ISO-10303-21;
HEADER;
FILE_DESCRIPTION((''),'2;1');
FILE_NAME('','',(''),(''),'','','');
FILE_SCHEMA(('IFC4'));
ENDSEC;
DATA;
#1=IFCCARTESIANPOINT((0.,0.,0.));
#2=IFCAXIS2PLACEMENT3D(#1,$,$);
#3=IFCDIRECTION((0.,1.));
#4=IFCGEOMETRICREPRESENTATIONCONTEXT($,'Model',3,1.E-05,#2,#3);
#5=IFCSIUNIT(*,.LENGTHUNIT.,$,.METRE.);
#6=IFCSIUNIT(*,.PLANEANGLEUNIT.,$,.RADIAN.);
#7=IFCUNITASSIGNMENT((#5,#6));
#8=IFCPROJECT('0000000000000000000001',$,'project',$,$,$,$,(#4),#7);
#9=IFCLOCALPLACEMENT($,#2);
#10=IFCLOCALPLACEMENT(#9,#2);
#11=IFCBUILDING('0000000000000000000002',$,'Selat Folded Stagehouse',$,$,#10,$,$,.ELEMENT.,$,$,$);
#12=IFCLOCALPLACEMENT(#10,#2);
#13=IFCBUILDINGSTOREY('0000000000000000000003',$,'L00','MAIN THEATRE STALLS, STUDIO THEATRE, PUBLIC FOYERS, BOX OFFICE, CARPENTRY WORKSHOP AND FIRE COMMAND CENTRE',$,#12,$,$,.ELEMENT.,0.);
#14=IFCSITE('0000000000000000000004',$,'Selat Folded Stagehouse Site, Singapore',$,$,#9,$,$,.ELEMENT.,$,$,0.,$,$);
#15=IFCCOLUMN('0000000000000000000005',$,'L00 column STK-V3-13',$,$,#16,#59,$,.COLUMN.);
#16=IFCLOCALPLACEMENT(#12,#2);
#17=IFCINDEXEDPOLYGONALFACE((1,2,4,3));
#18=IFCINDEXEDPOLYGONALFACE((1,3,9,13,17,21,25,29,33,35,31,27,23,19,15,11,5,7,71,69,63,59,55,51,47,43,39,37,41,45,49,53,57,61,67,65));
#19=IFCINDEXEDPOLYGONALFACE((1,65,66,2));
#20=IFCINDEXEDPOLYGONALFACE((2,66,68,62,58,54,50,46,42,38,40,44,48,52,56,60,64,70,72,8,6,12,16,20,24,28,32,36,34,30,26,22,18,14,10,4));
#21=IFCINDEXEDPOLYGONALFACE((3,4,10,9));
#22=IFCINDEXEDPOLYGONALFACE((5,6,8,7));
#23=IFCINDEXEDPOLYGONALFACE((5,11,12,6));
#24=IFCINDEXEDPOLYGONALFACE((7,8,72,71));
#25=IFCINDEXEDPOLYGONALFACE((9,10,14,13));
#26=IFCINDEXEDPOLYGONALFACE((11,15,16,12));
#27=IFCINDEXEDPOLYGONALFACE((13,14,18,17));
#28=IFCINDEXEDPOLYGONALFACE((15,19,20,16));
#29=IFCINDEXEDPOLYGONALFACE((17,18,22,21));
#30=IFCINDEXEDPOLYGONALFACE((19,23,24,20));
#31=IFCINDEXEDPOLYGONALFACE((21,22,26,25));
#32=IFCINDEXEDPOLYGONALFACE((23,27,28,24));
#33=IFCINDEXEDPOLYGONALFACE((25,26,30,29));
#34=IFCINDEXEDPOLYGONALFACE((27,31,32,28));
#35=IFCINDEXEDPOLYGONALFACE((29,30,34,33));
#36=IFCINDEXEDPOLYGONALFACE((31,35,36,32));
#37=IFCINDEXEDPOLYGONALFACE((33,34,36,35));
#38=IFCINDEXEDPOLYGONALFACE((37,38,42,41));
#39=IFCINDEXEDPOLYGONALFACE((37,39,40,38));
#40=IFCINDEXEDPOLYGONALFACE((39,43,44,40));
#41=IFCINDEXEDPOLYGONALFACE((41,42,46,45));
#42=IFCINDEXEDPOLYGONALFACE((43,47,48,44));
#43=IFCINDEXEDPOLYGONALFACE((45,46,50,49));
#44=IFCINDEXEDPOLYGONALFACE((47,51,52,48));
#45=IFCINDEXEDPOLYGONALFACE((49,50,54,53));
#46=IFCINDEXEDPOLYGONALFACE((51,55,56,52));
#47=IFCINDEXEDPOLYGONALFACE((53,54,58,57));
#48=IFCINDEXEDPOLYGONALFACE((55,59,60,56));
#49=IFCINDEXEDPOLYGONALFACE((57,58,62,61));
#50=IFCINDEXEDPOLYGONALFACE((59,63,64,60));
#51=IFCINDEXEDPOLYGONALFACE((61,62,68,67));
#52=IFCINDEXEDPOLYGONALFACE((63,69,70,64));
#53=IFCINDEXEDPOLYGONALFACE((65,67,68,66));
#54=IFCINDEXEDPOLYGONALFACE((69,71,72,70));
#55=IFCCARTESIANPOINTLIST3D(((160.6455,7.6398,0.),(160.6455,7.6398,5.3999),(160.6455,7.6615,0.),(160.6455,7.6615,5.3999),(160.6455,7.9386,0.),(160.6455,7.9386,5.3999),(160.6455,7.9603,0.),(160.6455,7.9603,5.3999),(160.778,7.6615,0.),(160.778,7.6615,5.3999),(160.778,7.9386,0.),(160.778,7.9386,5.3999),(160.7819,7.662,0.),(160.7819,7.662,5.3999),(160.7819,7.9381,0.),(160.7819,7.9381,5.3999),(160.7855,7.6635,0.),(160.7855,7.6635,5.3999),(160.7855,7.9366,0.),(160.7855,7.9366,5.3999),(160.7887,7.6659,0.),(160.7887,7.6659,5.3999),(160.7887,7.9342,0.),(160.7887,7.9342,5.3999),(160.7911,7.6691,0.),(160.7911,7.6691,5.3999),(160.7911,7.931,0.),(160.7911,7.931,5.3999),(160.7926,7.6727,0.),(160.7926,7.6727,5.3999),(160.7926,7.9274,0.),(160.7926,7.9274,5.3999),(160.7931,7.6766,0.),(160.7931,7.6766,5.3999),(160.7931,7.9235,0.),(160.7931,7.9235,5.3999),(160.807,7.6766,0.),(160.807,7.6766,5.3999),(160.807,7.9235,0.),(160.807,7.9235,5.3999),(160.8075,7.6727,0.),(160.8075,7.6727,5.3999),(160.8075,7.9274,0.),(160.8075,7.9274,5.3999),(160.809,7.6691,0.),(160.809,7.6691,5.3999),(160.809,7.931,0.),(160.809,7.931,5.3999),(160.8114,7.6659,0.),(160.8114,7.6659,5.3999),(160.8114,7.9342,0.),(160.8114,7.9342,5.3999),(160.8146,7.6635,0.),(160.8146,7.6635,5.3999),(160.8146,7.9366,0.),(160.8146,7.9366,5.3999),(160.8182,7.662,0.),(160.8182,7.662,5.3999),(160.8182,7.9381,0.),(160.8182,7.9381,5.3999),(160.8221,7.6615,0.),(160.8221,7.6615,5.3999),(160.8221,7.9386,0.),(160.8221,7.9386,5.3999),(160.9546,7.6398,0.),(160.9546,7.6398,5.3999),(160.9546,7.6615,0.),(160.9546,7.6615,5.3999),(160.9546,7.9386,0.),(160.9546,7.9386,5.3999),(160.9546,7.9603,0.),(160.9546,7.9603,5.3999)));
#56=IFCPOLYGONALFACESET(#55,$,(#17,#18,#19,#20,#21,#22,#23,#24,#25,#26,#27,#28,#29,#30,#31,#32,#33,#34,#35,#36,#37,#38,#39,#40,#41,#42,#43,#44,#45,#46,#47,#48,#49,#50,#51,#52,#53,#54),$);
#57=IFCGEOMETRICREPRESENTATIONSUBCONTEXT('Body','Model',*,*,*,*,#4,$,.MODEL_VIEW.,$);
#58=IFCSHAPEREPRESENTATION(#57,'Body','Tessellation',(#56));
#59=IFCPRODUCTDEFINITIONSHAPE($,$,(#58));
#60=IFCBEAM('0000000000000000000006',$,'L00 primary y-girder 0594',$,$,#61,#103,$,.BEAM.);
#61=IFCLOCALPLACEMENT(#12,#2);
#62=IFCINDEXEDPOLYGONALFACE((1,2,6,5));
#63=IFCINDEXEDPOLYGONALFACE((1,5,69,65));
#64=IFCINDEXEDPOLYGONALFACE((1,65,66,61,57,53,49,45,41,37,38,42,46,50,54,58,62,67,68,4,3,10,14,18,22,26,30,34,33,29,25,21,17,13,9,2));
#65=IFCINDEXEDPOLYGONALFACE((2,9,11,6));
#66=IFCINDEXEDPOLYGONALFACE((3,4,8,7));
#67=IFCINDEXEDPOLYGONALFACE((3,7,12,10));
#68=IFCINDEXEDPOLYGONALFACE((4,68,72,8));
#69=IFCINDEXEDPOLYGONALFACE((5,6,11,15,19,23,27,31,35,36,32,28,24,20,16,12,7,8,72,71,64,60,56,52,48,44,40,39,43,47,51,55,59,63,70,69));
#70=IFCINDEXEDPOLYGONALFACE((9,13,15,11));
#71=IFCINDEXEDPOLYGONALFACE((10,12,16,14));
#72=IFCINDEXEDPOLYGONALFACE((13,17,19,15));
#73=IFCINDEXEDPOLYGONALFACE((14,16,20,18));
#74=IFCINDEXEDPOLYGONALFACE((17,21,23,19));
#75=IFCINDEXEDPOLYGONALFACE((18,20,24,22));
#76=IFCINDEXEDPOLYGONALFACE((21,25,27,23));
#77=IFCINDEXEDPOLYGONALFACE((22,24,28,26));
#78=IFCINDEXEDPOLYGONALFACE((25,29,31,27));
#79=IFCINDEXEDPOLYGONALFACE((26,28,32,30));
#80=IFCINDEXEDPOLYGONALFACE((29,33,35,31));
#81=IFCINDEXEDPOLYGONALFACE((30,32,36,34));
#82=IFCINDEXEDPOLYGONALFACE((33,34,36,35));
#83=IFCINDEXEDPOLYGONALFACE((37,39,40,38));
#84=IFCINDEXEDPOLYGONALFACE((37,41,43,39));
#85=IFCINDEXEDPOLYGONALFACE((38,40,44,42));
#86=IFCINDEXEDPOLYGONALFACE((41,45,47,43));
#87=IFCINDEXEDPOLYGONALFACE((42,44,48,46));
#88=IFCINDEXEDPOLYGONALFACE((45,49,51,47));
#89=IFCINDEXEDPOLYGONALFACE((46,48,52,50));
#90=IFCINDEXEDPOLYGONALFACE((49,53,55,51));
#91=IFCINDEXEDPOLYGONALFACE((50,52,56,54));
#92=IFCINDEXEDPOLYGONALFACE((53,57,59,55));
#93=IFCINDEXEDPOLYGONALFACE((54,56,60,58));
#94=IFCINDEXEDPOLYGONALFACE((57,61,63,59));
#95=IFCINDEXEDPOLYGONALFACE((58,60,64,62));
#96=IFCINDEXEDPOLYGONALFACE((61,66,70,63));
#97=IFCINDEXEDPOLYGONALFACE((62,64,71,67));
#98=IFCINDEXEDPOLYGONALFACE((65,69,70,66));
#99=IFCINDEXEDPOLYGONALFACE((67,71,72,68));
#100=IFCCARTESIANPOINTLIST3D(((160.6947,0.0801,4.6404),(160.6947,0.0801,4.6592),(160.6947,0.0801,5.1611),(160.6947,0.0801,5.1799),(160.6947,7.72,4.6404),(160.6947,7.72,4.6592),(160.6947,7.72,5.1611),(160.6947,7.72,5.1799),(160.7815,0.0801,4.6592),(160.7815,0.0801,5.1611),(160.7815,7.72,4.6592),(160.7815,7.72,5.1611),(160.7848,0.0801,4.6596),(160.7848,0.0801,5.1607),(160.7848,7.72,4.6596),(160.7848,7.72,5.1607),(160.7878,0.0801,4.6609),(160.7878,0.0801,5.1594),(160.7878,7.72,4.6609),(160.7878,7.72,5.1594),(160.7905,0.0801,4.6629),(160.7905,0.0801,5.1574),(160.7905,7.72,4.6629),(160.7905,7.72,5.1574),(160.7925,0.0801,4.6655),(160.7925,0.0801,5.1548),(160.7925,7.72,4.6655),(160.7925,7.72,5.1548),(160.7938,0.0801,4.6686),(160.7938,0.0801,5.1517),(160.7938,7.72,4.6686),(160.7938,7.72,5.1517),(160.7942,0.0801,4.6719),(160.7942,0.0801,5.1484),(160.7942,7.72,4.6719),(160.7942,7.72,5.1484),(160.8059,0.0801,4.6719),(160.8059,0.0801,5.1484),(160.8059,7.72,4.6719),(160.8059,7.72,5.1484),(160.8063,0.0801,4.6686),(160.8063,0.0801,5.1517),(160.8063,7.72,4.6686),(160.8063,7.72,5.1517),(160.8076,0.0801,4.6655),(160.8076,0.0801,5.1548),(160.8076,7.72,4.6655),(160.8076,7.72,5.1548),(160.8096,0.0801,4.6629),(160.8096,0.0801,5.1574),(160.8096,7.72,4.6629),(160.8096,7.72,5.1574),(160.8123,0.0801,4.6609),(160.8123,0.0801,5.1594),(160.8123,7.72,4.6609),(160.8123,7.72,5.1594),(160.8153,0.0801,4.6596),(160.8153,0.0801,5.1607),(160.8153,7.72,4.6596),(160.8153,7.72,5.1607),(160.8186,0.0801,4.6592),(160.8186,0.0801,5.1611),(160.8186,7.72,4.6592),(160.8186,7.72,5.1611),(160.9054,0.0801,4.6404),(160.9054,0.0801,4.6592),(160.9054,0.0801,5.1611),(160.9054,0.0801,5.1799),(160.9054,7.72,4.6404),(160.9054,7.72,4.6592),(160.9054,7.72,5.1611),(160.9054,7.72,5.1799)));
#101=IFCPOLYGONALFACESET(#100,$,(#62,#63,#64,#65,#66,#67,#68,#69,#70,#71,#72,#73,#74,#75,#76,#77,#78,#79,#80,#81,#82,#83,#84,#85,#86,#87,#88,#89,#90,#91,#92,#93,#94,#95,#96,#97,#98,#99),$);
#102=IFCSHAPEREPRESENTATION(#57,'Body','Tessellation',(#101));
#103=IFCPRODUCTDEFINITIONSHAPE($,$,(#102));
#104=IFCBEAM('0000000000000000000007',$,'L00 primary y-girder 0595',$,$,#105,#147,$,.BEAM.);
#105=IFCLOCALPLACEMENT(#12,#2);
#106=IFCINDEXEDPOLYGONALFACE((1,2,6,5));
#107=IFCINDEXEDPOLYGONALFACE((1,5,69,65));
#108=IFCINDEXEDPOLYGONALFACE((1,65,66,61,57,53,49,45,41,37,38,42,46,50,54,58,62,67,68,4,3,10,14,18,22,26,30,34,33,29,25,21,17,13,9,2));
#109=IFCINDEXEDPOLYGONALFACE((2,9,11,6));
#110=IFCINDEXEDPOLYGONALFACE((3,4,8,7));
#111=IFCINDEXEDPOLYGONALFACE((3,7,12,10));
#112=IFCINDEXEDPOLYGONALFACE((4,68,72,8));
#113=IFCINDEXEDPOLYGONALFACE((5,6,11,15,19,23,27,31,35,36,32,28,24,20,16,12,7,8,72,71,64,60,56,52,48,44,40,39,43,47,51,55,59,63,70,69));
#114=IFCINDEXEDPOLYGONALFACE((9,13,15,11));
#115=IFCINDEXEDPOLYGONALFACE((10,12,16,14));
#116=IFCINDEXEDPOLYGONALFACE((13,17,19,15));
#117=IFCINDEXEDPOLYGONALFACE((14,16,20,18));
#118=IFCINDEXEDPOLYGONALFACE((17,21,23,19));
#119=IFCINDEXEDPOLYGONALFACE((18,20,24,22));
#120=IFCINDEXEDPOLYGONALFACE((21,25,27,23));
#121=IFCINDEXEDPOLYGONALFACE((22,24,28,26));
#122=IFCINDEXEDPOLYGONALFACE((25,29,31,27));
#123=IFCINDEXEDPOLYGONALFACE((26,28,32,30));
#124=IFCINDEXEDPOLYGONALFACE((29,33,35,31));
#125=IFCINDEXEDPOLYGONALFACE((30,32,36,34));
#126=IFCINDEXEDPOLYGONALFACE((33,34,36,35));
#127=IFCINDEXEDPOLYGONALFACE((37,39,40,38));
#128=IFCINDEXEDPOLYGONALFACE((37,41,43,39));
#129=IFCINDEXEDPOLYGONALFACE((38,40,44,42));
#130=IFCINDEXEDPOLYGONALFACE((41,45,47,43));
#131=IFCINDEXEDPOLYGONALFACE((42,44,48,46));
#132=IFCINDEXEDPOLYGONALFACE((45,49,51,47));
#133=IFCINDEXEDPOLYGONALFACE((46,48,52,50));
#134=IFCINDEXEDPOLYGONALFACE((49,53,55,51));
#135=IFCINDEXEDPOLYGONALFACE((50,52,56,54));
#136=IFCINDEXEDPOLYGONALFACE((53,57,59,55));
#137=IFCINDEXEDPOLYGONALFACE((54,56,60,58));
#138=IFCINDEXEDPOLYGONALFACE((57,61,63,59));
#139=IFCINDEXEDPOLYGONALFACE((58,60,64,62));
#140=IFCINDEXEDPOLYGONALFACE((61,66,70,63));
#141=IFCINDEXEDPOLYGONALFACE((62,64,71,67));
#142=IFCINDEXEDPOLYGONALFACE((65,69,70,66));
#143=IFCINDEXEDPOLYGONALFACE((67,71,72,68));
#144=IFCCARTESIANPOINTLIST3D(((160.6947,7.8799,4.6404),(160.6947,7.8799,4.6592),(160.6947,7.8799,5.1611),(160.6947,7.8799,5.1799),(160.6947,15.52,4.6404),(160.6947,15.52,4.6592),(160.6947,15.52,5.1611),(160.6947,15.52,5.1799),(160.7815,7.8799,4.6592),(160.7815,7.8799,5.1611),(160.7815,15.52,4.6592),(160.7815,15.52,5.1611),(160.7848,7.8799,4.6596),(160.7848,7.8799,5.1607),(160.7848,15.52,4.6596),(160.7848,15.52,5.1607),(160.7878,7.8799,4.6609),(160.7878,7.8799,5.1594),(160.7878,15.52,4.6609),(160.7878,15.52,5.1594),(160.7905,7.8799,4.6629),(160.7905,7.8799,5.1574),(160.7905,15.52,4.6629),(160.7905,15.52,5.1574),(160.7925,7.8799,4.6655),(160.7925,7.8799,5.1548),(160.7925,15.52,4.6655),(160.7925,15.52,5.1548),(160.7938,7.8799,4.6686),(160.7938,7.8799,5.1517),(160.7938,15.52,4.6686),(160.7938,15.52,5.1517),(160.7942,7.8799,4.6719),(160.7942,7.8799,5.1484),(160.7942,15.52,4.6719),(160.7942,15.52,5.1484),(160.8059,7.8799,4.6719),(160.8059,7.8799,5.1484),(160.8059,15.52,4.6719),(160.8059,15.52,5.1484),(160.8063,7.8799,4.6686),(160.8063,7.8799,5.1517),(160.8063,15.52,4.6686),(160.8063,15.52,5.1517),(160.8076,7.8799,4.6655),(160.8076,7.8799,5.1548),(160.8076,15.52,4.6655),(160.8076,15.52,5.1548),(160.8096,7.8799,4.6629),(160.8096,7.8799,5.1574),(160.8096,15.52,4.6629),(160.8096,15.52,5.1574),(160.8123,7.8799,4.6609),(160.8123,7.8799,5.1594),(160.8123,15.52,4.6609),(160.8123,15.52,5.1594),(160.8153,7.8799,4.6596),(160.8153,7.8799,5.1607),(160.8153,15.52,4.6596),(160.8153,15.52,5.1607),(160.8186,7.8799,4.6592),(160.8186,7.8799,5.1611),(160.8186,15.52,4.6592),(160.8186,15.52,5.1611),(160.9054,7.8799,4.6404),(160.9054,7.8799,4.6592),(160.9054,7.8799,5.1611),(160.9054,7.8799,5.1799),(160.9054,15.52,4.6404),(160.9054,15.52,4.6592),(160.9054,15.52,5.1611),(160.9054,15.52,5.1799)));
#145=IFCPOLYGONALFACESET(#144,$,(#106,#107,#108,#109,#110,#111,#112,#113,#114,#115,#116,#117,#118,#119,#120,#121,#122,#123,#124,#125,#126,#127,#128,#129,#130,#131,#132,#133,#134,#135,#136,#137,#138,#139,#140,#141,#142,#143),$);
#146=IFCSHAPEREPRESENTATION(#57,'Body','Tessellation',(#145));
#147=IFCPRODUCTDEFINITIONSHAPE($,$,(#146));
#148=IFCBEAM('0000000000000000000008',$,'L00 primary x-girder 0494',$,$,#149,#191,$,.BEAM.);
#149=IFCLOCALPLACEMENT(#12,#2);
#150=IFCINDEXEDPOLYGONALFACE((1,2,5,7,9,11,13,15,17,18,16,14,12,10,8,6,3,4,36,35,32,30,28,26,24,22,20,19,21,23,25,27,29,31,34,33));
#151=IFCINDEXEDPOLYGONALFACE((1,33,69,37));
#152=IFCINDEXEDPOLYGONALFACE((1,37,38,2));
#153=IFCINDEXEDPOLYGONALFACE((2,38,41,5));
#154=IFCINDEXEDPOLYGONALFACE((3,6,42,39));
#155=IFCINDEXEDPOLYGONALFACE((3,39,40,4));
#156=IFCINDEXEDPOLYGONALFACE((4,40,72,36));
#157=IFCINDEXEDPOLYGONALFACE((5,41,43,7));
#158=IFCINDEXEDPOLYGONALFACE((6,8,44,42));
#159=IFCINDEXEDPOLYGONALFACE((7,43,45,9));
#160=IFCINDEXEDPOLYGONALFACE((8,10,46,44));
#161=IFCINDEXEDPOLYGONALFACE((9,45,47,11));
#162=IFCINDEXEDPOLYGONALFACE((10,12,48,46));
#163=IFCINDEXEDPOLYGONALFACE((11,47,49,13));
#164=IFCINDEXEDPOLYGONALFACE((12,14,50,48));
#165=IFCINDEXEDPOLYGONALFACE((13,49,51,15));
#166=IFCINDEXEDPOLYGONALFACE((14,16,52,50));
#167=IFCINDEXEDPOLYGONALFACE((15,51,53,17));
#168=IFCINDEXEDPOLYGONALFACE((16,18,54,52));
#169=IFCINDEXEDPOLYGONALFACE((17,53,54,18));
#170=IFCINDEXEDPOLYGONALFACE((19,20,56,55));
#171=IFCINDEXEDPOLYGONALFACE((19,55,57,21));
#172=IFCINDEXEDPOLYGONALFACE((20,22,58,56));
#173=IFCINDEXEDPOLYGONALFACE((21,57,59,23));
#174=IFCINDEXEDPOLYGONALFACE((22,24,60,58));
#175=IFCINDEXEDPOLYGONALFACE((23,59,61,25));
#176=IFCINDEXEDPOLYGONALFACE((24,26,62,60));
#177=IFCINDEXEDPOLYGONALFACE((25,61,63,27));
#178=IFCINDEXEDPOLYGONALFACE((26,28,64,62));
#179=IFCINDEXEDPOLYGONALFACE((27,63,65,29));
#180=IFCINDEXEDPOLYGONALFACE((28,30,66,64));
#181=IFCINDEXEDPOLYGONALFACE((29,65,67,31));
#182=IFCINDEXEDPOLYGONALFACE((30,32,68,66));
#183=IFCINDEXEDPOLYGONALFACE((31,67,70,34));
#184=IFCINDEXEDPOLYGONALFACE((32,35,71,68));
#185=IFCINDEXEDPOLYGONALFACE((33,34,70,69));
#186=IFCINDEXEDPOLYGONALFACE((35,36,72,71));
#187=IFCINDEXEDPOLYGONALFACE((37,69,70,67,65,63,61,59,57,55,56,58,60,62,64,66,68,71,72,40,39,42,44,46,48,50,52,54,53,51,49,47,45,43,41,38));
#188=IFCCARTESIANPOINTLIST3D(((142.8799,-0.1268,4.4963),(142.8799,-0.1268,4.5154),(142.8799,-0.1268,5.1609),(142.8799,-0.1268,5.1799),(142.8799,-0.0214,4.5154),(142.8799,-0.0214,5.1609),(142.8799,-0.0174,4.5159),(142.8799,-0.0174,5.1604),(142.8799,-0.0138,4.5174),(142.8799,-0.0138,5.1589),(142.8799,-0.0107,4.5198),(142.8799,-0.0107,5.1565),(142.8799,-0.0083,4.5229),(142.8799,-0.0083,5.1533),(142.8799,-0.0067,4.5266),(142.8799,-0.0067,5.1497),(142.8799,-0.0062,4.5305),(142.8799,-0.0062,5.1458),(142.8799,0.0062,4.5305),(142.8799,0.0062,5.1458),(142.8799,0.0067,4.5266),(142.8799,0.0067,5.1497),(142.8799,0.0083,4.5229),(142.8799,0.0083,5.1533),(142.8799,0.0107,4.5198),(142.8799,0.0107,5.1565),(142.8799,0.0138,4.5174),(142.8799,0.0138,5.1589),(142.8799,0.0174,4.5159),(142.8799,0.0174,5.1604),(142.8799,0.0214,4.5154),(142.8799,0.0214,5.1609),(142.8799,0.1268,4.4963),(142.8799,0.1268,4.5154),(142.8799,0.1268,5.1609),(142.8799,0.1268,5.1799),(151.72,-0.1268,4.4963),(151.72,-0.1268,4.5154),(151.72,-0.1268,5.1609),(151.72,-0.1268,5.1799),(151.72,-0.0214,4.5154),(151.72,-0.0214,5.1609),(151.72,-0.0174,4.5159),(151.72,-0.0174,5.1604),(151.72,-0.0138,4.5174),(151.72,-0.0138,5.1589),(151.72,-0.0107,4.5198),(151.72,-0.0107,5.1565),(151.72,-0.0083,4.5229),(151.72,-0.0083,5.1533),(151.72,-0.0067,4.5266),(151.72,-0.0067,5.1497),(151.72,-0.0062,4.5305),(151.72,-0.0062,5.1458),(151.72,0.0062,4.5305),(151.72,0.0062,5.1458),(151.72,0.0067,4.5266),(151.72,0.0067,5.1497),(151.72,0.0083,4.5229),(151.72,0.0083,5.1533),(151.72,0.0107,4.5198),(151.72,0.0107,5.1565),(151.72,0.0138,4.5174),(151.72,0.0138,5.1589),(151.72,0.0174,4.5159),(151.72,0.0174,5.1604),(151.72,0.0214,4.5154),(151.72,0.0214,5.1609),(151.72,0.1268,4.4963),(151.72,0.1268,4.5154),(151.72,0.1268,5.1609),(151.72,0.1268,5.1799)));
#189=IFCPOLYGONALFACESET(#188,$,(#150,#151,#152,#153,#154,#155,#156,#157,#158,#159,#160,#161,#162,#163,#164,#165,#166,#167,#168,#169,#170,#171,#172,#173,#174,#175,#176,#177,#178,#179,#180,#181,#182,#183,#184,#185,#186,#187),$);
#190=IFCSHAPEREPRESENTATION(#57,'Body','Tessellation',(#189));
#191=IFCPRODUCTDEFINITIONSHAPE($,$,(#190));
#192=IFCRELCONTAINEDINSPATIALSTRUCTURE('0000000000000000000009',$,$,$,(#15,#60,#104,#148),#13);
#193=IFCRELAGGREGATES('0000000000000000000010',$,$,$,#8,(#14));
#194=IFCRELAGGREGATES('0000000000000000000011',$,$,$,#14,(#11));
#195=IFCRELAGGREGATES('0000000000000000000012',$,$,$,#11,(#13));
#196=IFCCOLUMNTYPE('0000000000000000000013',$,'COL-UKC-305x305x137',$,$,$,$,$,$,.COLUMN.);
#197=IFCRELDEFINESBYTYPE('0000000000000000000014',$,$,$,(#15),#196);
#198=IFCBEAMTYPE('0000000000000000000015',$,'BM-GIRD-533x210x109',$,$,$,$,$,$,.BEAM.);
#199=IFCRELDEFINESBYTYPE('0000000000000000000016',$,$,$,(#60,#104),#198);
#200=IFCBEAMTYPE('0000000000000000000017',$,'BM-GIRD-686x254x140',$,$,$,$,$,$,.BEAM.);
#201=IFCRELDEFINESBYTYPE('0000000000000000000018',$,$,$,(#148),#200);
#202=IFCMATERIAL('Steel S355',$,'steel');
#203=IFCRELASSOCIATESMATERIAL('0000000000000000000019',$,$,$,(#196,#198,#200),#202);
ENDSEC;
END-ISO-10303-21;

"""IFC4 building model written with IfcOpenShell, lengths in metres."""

from ifc_helpers import new_model, si_unit, direction, frame, origin, origin_2d, place, context, subcontext, project, spatial, i_section, extrude, material, material_profile, profile_set, type_object, element, save


model = new_model("IFC4")

# Units and contexts
model_context = context("Model", 3, precision=1e-05, world=origin(), true_north=direction((0.0, 1.0)))
body_context = subcontext(model_context, "Body", "Model", "MODEL_VIEW")
ifc_project = project(units=[si_unit("LENGTHUNIT", "METRE"), si_unit("PLANEANGLEUNIT", "RADIAN")], contexts=[model_context])

# Site, building, storey
site_placement = place(None, origin())
site = spatial("IfcSite", under=ifc_project, at=site_placement, Name="Selat Folded Stagehouse Site, Singapore", CompositionType="ELEMENT", RefElevation=0.0)
building_placement = place(site_placement, origin())
building = spatial("IfcBuilding", under=site, at=building_placement, Name="Selat Folded Stagehouse", CompositionType="ELEMENT")
storey_placement = place(building_placement, origin())
storey = spatial("IfcBuildingStorey", under=building, at=storey_placement, Name="L00", Description="MAIN THEATRE STALLS, STUDIO THEATRE, PUBLIC FOYERS, BOX OFFICE, CARPENTRY WORKSHOP AND FIRE COMMAND CENTRE", CompositionType="ELEMENT", Elevation=0.0)

# Column
ifc_material_1 = material(Name="Steel S355", Category="steel")
ifc_material_profile_1 = material_profile(ifc_material_1, i_section(OverallWidth=0.3091, OverallDepth=0.3206, WebThickness=0.0139, FlangeThickness=0.0217, FilletRadius=0.0151, at=origin_2d()), Name="UKC 305x305x137")
ifc_profile_set_1 = profile_set([ifc_material_profile_1], Name="Steel S355")
column_type = type_object("IfcColumnType", Name="COL-UKC-305x305x137", PredefinedType="COLUMN", material=ifc_profile_set_1)
for number, where, z_axis, x_axis, name in (
    (1, (160.8, 7.8, 0.0), (0.0, 0.0, 1.0), (1.0, 0.0, 0.0), "L00 column STK-V3-13"),
):
    element("IfcColumn", number, at=place(storey_placement, frame(where, z_axis=z_axis, x_axis=x_axis)), inside=storey, type_object=column_type, Name=name, PredefinedType="COLUMN", context=body_context, shape_type="SweptSolid", body=[
        extrude(i_section(OverallWidth=0.3091, OverallDepth=0.3206, WebThickness=0.0139, FlangeThickness=0.0217, FilletRadius=0.0151, at=origin_2d()), origin(), (0.0, 0.0, 1.0), 5.3999),
    ])

# Beams
ifc_material_profile_2 = material_profile(ifc_material_1, i_section(OverallWidth=0.2107, OverallDepth=0.5396, WebThickness=0.0117, FlangeThickness=0.0188, FilletRadius=0.0127, at=origin_2d()), Name="UKB 533x210x109")
ifc_profile_set_2 = profile_set([ifc_material_profile_2], Name="Steel S355")
beam_type_1 = type_object("IfcBeamType", Name="BM-GIRD-533x210x109", PredefinedType="BEAM", material=ifc_profile_set_2)
beam_1_placement = place(storey_placement, frame((160.8, 0.0801, 4.9102), z_axis=(0.0, 1.0, 0.0), x_axis=(-1.0, 0.0, 0.0)))
element("IfcBeam", 2, at=beam_1_placement, inside=storey, type_object=beam_type_1, Name="L00 primary y-girder 0594", PredefinedType="BEAM", context=body_context, shape_type="SweptSolid", body=[
    extrude(i_section(OverallWidth=0.2107, OverallDepth=0.5396, WebThickness=0.0117, FlangeThickness=0.0188, FilletRadius=0.0127, at=origin_2d()), origin(), (0.0, 0.0, 1.0), 7.6399),
])
beam_2_placement = place(storey_placement, frame((160.8, 7.8799, 4.9102), z_axis=(0.0, 1.0, 0.0), x_axis=(-1.0, 0.0, 0.0)))
element("IfcBeam", 3, at=beam_2_placement, inside=storey, type_object=beam_type_1, Name="L00 primary y-girder 0595", PredefinedType="BEAM", context=body_context, shape_type="SweptSolid", body=[
    extrude(i_section(OverallWidth=0.2107, OverallDepth=0.5396, WebThickness=0.0117, FlangeThickness=0.0188, FilletRadius=0.0127, at=origin_2d()), origin(), (0.0, 0.0, 1.0), 7.6401),
])
ifc_material_profile_3 = material_profile(ifc_material_1, i_section(OverallWidth=0.2537, OverallDepth=0.6836, WebThickness=0.0125, FlangeThickness=0.019, FilletRadius=0.0151, at=origin_2d()), Name="UKB 686x254x140")
ifc_profile_set_3 = profile_set([ifc_material_profile_3], Name="Steel S355")
beam_type_2 = type_object("IfcBeamType", Name="BM-GIRD-686x254x140", PredefinedType="BEAM", material=ifc_profile_set_3)
for number, where, z_axis, x_axis, name in (
    (4, (142.8799, 0.0, 4.8381), (1.0, 0.0, 0.0), (0.0, 1.0, 0.0), "L00 primary x-girder 0494"),
):
    element("IfcBeam", number, at=place(storey_placement, frame(where, z_axis=z_axis, x_axis=x_axis)), inside=storey, type_object=beam_type_2, Name=name, PredefinedType="BEAM", context=body_context, shape_type="SweptSolid", body=[
        extrude(i_section(OverallWidth=0.2537, OverallDepth=0.6836, WebThickness=0.0125, FlangeThickness=0.019, FilletRadius=0.0151, at=origin_2d()), origin(), (0.0, 0.0, 1.0), 8.8401),
    ])

save(model, "model.ifc")
